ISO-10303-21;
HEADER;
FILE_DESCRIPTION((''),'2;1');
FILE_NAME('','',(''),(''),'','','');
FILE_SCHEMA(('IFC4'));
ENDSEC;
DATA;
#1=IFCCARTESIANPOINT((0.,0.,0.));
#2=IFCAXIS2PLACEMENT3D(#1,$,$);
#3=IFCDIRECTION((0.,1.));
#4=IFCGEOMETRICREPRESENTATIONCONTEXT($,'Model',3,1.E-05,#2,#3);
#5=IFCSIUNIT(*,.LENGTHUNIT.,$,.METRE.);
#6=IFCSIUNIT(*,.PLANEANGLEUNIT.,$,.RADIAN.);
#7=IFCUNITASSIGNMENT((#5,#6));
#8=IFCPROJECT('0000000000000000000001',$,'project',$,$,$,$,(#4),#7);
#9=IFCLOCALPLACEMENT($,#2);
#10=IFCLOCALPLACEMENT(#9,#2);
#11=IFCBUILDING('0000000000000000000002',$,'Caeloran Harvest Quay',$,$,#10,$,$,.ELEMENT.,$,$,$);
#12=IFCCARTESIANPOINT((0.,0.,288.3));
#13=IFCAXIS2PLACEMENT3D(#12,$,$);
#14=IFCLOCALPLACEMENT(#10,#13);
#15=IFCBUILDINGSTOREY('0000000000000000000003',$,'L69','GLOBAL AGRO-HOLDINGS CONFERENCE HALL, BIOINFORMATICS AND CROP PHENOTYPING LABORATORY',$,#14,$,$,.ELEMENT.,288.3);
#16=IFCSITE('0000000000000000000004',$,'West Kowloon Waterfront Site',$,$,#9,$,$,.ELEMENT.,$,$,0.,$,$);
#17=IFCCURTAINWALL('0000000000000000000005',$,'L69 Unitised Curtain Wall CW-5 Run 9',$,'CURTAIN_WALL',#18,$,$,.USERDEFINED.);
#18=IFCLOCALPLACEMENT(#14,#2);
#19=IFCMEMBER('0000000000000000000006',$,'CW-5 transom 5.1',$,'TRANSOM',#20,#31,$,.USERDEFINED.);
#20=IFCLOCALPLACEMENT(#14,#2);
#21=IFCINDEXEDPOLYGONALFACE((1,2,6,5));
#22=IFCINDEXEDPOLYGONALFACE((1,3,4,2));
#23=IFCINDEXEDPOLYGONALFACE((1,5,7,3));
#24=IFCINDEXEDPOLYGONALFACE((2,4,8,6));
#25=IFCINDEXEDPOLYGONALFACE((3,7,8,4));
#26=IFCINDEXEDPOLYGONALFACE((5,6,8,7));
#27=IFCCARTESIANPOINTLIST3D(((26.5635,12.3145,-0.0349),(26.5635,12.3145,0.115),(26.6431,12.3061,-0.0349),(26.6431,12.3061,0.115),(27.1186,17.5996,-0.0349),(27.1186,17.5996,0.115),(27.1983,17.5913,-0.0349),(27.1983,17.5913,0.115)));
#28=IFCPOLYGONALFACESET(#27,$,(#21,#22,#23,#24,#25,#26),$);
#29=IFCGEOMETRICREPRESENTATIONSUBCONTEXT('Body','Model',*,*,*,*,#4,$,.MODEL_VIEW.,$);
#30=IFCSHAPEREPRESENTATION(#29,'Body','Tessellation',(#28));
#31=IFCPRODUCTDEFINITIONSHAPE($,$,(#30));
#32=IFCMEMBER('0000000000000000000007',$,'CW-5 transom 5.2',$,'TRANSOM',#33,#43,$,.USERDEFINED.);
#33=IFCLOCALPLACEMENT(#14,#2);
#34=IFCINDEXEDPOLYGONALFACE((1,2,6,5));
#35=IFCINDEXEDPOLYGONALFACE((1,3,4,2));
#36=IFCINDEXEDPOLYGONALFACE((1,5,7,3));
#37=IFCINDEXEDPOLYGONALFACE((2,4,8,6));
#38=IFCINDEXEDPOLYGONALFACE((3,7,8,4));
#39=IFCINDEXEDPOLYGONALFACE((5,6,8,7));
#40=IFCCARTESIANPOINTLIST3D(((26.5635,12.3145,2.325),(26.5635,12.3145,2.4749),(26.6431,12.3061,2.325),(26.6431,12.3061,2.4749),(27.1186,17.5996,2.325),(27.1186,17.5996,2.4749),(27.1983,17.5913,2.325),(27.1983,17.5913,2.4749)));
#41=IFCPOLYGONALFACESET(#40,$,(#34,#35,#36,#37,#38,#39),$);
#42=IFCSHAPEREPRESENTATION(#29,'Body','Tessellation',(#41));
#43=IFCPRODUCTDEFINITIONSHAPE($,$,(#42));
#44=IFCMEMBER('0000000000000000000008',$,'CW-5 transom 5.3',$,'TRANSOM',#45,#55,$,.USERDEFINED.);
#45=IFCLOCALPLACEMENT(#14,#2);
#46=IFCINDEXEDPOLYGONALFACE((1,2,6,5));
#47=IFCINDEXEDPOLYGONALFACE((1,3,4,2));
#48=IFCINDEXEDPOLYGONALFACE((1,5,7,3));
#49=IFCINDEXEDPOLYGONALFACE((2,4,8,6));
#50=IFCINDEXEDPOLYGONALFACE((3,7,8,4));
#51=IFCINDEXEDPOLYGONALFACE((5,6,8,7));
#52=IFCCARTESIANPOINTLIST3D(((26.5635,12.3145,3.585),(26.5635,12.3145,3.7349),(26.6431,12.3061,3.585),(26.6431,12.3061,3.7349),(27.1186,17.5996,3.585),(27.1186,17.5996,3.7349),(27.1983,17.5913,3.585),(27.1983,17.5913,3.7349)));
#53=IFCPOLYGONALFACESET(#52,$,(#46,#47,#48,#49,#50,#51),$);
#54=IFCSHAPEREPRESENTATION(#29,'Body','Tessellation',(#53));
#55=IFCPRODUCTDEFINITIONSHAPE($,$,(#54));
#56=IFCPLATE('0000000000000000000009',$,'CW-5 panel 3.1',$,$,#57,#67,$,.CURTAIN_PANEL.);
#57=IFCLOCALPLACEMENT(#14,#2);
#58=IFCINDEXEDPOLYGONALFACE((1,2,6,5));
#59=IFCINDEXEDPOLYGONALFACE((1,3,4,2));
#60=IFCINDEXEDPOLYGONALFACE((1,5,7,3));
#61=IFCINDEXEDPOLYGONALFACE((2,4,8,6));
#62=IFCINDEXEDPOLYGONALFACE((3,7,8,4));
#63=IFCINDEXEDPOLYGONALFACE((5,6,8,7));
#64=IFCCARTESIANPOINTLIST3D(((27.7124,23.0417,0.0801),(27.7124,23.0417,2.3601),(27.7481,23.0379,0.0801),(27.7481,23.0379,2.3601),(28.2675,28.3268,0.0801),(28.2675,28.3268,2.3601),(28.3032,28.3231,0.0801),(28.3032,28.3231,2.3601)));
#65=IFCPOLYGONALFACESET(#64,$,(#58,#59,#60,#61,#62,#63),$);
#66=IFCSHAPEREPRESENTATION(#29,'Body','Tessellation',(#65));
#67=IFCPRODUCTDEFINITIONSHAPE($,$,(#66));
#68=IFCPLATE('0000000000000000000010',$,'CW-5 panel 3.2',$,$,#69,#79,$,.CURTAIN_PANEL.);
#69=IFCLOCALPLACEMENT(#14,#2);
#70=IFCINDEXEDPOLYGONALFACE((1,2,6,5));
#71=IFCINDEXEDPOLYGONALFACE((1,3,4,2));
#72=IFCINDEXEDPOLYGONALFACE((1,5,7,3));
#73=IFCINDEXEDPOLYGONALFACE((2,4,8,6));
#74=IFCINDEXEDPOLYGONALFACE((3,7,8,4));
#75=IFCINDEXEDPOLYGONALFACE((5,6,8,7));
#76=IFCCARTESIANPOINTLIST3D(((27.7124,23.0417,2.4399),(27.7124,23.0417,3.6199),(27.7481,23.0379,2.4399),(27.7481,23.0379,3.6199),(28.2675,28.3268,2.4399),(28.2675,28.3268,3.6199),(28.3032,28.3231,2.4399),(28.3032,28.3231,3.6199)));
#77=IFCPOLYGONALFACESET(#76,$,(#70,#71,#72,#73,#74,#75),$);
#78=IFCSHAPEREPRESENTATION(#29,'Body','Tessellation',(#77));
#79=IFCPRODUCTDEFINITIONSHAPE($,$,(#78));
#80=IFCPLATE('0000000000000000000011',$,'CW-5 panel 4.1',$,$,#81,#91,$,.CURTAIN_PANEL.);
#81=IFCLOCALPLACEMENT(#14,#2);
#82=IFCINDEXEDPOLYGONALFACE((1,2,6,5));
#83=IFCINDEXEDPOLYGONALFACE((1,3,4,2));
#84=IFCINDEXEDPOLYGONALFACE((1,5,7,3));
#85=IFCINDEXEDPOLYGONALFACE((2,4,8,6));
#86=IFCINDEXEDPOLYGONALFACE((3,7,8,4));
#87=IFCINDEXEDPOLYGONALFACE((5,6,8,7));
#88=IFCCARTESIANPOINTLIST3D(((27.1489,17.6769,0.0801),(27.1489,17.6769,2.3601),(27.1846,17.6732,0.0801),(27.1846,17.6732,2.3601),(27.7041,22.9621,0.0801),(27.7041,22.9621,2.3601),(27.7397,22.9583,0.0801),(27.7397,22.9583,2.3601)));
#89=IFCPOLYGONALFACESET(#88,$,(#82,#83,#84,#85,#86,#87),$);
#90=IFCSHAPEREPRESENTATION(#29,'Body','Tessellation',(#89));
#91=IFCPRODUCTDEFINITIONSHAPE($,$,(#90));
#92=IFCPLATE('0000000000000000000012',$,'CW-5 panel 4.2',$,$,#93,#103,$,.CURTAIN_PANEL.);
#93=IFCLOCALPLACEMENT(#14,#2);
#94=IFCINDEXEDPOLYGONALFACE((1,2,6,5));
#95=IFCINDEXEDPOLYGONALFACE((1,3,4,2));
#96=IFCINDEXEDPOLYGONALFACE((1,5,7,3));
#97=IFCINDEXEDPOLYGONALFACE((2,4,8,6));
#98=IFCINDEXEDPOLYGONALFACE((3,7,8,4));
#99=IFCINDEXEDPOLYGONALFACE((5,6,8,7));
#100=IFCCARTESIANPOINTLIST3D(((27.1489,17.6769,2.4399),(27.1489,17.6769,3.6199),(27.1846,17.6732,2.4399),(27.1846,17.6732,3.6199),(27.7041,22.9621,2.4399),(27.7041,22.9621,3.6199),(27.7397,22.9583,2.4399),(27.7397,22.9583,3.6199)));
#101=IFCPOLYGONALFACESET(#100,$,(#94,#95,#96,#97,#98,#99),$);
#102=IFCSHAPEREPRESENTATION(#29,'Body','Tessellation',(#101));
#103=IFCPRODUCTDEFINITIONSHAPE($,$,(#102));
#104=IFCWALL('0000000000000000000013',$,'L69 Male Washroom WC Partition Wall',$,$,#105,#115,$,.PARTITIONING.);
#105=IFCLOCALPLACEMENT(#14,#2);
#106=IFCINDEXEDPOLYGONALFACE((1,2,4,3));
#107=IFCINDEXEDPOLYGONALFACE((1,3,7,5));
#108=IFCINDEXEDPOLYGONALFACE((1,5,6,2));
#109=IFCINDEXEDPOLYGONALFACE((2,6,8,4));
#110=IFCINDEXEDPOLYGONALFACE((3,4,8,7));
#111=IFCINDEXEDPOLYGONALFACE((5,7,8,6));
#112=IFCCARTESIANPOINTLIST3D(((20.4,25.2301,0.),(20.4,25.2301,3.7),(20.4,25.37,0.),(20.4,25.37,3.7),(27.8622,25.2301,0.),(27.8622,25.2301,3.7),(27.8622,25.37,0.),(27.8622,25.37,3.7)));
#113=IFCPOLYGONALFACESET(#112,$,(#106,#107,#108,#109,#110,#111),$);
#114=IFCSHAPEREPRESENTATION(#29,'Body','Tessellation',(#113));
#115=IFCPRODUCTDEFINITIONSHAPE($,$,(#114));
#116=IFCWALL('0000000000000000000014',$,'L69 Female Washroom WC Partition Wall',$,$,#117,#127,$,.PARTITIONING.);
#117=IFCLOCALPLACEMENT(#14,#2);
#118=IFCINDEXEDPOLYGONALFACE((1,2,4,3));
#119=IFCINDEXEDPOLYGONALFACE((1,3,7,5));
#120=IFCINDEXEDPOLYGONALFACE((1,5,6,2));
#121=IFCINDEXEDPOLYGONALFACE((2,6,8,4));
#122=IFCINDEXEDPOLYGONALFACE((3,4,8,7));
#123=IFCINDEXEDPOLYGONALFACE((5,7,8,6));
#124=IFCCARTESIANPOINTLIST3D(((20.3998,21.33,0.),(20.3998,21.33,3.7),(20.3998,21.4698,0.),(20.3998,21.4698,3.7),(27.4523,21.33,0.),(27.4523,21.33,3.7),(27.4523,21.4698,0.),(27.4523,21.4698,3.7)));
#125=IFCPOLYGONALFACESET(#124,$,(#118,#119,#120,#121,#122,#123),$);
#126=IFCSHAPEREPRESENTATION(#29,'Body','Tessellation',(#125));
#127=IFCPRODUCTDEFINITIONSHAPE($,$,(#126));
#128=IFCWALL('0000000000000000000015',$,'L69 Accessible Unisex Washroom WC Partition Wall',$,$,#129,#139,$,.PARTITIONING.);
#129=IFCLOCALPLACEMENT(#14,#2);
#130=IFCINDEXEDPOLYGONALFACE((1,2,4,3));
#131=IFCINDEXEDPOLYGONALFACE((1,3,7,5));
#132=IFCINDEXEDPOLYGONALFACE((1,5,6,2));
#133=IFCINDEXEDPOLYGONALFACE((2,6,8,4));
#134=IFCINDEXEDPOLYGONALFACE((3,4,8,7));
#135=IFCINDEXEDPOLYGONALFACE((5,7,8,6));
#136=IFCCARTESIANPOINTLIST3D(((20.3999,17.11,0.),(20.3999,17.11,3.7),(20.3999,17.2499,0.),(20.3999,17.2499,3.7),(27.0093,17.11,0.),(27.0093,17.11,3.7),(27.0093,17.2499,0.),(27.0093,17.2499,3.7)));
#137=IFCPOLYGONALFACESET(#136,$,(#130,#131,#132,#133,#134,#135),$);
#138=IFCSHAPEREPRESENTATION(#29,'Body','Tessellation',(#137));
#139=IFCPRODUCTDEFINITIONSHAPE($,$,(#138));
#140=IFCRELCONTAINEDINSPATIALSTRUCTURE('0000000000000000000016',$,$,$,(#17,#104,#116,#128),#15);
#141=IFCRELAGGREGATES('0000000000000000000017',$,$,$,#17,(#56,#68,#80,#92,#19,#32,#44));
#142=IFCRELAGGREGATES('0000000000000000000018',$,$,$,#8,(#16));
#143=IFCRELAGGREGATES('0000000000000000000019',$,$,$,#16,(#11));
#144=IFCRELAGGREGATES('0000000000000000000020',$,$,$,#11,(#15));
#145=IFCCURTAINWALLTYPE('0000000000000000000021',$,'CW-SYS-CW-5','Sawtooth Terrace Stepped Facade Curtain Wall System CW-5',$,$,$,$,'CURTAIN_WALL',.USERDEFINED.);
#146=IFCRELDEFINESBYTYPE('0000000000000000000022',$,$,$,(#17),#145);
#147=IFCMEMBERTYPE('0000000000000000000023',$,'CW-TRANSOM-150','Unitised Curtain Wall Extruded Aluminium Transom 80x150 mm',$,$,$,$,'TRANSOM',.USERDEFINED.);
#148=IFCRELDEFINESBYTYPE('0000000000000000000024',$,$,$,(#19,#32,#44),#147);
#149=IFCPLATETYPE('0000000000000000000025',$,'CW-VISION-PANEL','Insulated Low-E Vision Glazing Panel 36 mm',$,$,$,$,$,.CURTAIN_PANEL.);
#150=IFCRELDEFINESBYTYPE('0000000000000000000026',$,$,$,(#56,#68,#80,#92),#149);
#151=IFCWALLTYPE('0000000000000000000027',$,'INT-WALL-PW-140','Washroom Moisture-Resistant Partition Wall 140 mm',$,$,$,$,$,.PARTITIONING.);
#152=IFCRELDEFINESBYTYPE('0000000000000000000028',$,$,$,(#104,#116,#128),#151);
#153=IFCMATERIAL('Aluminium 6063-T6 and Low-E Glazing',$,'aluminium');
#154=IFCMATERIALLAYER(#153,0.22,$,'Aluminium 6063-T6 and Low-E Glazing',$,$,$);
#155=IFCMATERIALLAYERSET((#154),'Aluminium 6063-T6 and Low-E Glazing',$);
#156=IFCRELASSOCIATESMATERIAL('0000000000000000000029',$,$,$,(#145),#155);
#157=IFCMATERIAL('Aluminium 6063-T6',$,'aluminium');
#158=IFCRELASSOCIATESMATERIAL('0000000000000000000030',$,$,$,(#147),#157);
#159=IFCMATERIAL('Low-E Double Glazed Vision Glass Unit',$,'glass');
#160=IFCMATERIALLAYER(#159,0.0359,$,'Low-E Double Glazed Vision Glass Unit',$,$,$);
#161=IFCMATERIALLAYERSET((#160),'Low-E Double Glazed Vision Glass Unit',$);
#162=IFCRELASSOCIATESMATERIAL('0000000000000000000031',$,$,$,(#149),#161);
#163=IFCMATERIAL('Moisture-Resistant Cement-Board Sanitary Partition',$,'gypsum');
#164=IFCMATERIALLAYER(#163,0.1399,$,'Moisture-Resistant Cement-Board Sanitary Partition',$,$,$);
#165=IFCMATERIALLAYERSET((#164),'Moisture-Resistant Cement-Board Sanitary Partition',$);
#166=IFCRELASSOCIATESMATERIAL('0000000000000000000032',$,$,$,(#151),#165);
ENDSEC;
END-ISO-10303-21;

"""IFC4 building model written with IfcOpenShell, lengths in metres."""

from ifc_helpers import new_model, si_unit, direction, frame, frame_2d, origin, origin_2d, place, context, subcontext, project, spatial, rectangle, extrude, material, layer, layer_set, material_profile, profile_set, type_object, element, aggregate, save


model = new_model("IFC4")

# Units and contexts
model_context = context("Model", 3, precision=1e-05, world=origin(), true_north=direction((0.0, 1.0)))
body_context = subcontext(model_context, "Body", "Model", "MODEL_VIEW")
ifc_project = project(units=[si_unit("LENGTHUNIT", "METRE"), si_unit("PLANEANGLEUNIT", "RADIAN")], contexts=[model_context])

# Site, building, storey
site_placement = place(None, origin())
site = spatial("IfcSite", under=ifc_project, at=site_placement, Name="West Kowloon Waterfront Site", CompositionType="ELEMENT", RefElevation=0.0)
building_placement = place(site_placement, origin())
building = spatial("IfcBuilding", under=site, at=building_placement, Name="Caeloran Harvest Quay", CompositionType="ELEMENT")
storey_placement = place(building_placement, frame((0.0, 0.0, 288.3)))
storey = spatial("IfcBuildingStorey", under=building, at=storey_placement, Name="L69", Description="GLOBAL AGRO-HOLDINGS CONFERENCE HALL, BIOINFORMATICS AND CROP PHENOTYPING LABORATORY", CompositionType="ELEMENT", Elevation=288.3)

# Curtain wall, members, plates
ifc_material_1 = material(Name="Aluminium 6063-T6 and Low-E Glazing", Category="aluminium")
ifc_layer_1 = layer(ifc_material_1, 0.22, Name="Aluminium 6063-T6 and Low-E Glazing")
ifc_layer_set_1 = layer_set([ifc_layer_1], Name="Aluminium 6063-T6 and Low-E Glazing")
curtain_wall_type = type_object("IfcCurtainWallType", Name="CW-SYS-CW-5", Description="Sawtooth Terrace Stepped Facade Curtain Wall System CW-5", ElementType="CURTAIN_WALL", PredefinedType="USERDEFINED", material=ifc_layer_set_1)
curtain_wall_placement = place(storey_placement, origin())
curtain_wall = element("IfcCurtainWall", 1, at=curtain_wall_placement, inside=storey, type_object=curtain_wall_type, Name="L69 Unitised Curtain Wall CW-5 Run 9", ObjectType="CURTAIN_WALL", PredefinedType="USERDEFINED")
ifc_material_2 = material(Name="Aluminium 6063-T6", Category="aluminium")
ifc_material_profile_1 = material_profile(ifc_material_2, rectangle(XDim=0.0801, YDim=0.1499, at=origin_2d()), Name="CW-TRANSOM-150")
ifc_profile_set_1 = profile_set([ifc_material_profile_1], Name="Aluminium 6063-T6")
member_type_1 = type_object("IfcMemberType", Name="CW-TRANSOM-150", Description="Unitised Curtain Wall Extruded Aluminium Transom 80x150 mm", ElementType="TRANSOM", PredefinedType="USERDEFINED", material=ifc_profile_set_1)
member_1_placement = place(storey_placement, frame((27.1584, 17.5955, 0.04), z_axis=(-0.10447, -0.994528, 0.0), x_axis=(0.994528, -0.10447, 0.0)))
member_1 = element("IfcMember", 2, at=member_1_placement, type_object=member_type_1, Name="CW-5 transom 5.1", ObjectType="TRANSOM", PredefinedType="USERDEFINED", context=body_context, shape_type="SweptSolid", body=[
    extrude(rectangle(XDim=0.0801, YDim=0.1499, at=origin_2d()), origin(), (0.0, 0.0, 1.0), 5.3142),
])
member_2_placement = place(storey_placement, frame((27.1584, 17.5955, 2.3999), z_axis=(-0.10447, -0.994528, 0.0), x_axis=(0.994528, -0.10447, 0.0)))
member_2 = element("IfcMember", 3, at=member_2_placement, type_object=member_type_1, Name="CW-5 transom 5.2", ObjectType="TRANSOM", PredefinedType="USERDEFINED", context=body_context, shape_type="SweptSolid", body=[
    extrude(rectangle(XDim=0.0801, YDim=0.1499, at=origin_2d()), origin(), (0.0, 0.0, 1.0), 5.3142),
])
member_3_placement = place(storey_placement, frame((27.1584, 17.5955, 3.6599), z_axis=(-0.10447, -0.994528, 0.0), x_axis=(0.994528, -0.10447, 0.0)))
member_3 = element("IfcMember", 4, at=member_3_placement, type_object=member_type_1, Name="CW-5 transom 5.3", ObjectType="TRANSOM", PredefinedType="USERDEFINED", context=body_context, shape_type="SweptSolid", body=[
    extrude(rectangle(XDim=0.0801, YDim=0.1499, at=origin_2d()), origin(), (0.0, 0.0, 1.0), 5.3142),
])
ifc_material_3 = material(Name="Low-E Double Glazed Vision Glass Unit", Category="glass")
ifc_layer_2 = layer(ifc_material_3, 0.0359, Name="Low-E Double Glazed Vision Glass Unit")
ifc_layer_set_2 = layer_set([ifc_layer_2], Name="Low-E Double Glazed Vision Glass Unit")
plate_type = type_object("IfcPlateType", Name="CW-VISION-PANEL", Description="Insulated Low-E Vision Glazing Panel 36 mm", PredefinedType="CURTAIN_PANEL", material=ifc_layer_set_2)
plate_1_placement = place(storey_placement, frame((28.0078, 25.6824, 0.0801), z_axis=(0.0, 0.0, 1.0), x_axis=(-0.10446, -0.994529, 0.0)))
plate_1 = element("IfcPlate", 5, at=plate_1_placement, type_object=plate_type, Name="CW-5 panel 3.1", PredefinedType="CURTAIN_PANEL", context=body_context, shape_type="SweptSolid", body=[
    extrude(rectangle(XDim=5.3142, YDim=0.0359, at=origin_2d()), origin(), (0.0, 0.0, 1.0), 2.28),
])
plate_2_placement = place(storey_placement, frame((28.0078, 25.6824, 2.4399), z_axis=(0.0, 0.0, 1.0), x_axis=(-0.10446, -0.994529, 0.0)))
plate_2 = element("IfcPlate", 6, at=plate_2_placement, type_object=plate_type, Name="CW-5 panel 3.2", PredefinedType="CURTAIN_PANEL", context=body_context, shape_type="SweptSolid", body=[
    extrude(rectangle(XDim=5.3142, YDim=0.0359, at=origin_2d()), origin(), (0.0, 0.0, 1.0), 1.1799),
])
plate_3_placement = place(storey_placement, frame((27.4443, 20.3176, 0.0801), z_axis=(0.0, 0.0, 1.0), x_axis=(-0.10446, -0.994529, 0.0)))
plate_3 = element("IfcPlate", 7, at=plate_3_placement, type_object=plate_type, Name="CW-5 panel 4.1", PredefinedType="CURTAIN_PANEL", context=body_context, shape_type="SweptSolid", body=[
    extrude(rectangle(XDim=5.3142, YDim=0.0359, at=origin_2d()), origin(), (0.0, 0.0, 1.0), 2.28),
])
plate_4_placement = place(storey_placement, frame((27.4443, 20.3176, 2.4399), z_axis=(0.0, 0.0, 1.0), x_axis=(-0.10446, -0.994529, 0.0)))
plate_4 = element("IfcPlate", 8, at=plate_4_placement, type_object=plate_type, Name="CW-5 panel 4.2", PredefinedType="CURTAIN_PANEL", context=body_context, shape_type="SweptSolid", body=[
    extrude(rectangle(XDim=5.3142, YDim=0.0359, at=origin_2d()), origin(), (0.0, 0.0, 1.0), 1.1799),
])
aggregate(curtain_wall, [plate_1, plate_2, plate_3, plate_4, member_1, member_2, member_3])

# Walls
ifc_material_4 = material(Name="Moisture-Resistant Cement-Board Sanitary Partition", Category="gypsum")
ifc_layer_3 = layer(ifc_material_4, 0.1399, Name="Moisture-Resistant Cement-Board Sanitary Partition")
ifc_layer_set_3 = layer_set([ifc_layer_3], Name="Moisture-Resistant Cement-Board Sanitary Partition")
wall_type = type_object("IfcWallType", Name="INT-WALL-PW-140", Description="Washroom Moisture-Resistant Partition Wall 140 mm", PredefinedType="PARTITIONING", material=ifc_layer_set_3)
wall_1_placement = place(storey_placement, frame((27.8621, 25.3, 0.0), z_axis=(0.0, 0.0, 1.0), x_axis=(-1.0, 0.0, 0.0)))
element("IfcWall", 9, at=wall_1_placement, inside=storey, type_object=wall_type, Name="L69 Male Washroom WC Partition Wall", PredefinedType="PARTITIONING", context=body_context, shape_type="SweptSolid", body=[
    extrude(rectangle(XDim=7.4622, YDim=0.1399, at=frame_2d((3.731, 0.0))), origin(), (0.0, 0.0, 1.0), 3.7),
])
wall_2_placement = place(storey_placement, frame((27.4524, 21.3999, 0.0), z_axis=(0.0, 0.0, 1.0), x_axis=(-1.0, 0.0, 0.0)))
element("IfcWall", 10, at=wall_2_placement, inside=storey, type_object=wall_type, Name="L69 Female Washroom WC Partition Wall", PredefinedType="PARTITIONING", context=body_context, shape_type="SweptSolid", body=[
    extrude(rectangle(XDim=7.0525, YDim=0.1399, at=frame_2d((3.5264, 0.0))), origin(), (0.0, 0.0, 1.0), 3.7),
])
wall_3_placement = place(storey_placement, frame((27.0093, 17.1799, 0.0), z_axis=(0.0, 0.0, 1.0), x_axis=(-1.0, 0.0, 0.0)))
element("IfcWall", 11, at=wall_3_placement, inside=storey, type_object=wall_type, Name="L69 Accessible Unisex Washroom WC Partition Wall", PredefinedType="PARTITIONING", context=body_context, shape_type="SweptSolid", body=[
    extrude(rectangle(XDim=6.6094, YDim=0.1399, at=frame_2d((3.3047, 0.0))), origin(), (0.0, 0.0, 1.0), 3.7),
])

save(model, "model.ifc")
